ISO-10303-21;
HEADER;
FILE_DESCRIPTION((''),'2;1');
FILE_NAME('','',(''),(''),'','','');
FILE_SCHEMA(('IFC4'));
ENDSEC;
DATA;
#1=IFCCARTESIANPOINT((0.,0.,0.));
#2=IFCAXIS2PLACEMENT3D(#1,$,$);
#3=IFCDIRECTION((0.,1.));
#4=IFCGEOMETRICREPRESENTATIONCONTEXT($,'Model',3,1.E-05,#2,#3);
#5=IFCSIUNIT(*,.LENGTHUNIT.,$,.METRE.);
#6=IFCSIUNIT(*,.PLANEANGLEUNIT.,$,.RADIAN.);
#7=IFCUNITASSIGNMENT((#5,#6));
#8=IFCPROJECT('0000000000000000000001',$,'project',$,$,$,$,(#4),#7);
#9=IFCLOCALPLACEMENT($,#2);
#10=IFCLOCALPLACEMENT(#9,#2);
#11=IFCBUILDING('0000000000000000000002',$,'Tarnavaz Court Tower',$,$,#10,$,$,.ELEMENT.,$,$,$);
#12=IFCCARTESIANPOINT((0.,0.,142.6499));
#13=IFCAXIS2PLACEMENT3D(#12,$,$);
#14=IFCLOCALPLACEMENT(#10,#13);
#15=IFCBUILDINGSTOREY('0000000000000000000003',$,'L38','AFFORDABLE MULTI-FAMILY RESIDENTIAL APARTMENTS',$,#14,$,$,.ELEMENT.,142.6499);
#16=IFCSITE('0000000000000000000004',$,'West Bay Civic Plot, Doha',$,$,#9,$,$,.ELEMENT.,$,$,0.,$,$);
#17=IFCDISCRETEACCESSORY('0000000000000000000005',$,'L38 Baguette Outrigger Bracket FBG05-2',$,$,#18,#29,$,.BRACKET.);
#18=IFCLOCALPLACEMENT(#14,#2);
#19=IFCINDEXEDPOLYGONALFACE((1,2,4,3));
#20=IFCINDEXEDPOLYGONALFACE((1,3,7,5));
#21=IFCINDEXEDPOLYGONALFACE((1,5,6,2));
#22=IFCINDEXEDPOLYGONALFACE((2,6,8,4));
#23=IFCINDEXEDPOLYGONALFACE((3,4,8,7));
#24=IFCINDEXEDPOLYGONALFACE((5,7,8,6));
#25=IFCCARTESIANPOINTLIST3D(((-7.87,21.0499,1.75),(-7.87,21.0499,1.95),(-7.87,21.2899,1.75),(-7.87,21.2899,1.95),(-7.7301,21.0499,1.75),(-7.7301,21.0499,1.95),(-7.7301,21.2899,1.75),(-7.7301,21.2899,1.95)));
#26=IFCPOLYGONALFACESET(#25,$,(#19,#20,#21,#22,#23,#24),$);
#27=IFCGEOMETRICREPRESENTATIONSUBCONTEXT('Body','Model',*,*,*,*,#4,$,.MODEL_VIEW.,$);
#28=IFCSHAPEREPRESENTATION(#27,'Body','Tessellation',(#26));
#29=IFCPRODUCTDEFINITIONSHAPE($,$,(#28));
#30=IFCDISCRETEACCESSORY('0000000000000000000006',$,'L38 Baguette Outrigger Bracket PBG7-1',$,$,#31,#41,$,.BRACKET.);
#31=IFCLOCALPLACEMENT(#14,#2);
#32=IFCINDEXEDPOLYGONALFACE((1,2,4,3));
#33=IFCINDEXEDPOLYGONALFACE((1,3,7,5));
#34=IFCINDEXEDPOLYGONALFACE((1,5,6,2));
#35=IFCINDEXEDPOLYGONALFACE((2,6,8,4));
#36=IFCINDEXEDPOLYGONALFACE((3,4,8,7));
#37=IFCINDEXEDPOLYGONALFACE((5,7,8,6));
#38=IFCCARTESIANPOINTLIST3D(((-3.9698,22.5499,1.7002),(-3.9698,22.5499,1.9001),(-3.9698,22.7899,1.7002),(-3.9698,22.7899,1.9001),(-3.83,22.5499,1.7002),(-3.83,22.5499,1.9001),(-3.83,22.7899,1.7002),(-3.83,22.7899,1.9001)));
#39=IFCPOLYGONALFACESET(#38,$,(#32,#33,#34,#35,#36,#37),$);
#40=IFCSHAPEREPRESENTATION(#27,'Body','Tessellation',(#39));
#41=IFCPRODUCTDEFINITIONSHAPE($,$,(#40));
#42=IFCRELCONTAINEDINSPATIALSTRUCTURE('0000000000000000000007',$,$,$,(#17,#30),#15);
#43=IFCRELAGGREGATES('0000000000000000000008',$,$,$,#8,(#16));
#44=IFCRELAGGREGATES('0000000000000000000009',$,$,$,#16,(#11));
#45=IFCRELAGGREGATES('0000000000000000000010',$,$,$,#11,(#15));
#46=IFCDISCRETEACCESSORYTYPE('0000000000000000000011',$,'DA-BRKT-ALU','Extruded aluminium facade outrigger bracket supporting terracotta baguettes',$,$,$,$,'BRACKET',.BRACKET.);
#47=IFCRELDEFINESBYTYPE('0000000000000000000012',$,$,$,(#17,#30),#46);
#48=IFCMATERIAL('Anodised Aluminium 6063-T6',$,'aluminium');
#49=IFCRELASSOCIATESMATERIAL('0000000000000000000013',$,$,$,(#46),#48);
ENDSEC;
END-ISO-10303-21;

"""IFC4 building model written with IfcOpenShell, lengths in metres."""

from ifc_helpers import new_model, si_unit, direction, frame, origin, origin_2d, place, context, subcontext, project, spatial, rectangle, extrude, material, type_object, element, save


model = new_model("IFC4")

# Units and contexts
model_context = context("Model", 3, precision=1e-05, world=origin(), true_north=direction((0.0, 1.0)))
body_context = subcontext(model_context, "Body", "Model", "MODEL_VIEW")
ifc_project = project(units=[si_unit("LENGTHUNIT", "METRE"), si_unit("PLANEANGLEUNIT", "RADIAN")], contexts=[model_context])

# Site, building, storey
site_placement = place(None, origin())
site = spatial("IfcSite", under=ifc_project, at=site_placement, Name="West Bay Civic Plot, Doha", CompositionType="ELEMENT", RefElevation=0.0)
building_placement = place(site_placement, origin())
building = spatial("IfcBuilding", under=site, at=building_placement, Name="Tarnavaz Court Tower", CompositionType="ELEMENT")
storey_placement = place(building_placement, frame((0.0, 0.0, 142.6499)))
storey = spatial("IfcBuildingStorey", under=building, at=storey_placement, Name="L38", Description="AFFORDABLE MULTI-FAMILY RESIDENTIAL APARTMENTS", CompositionType="ELEMENT", Elevation=142.6499)

# Shared definitions
ifc_material_1 = material(Name="Anodised Aluminium 6063-T6", Category="aluminium")

# Discrete accessories
discrete_accessory_type = type_object("IfcDiscreteAccessoryType", Name="DA-BRKT-ALU", Description="Extruded aluminium facade outrigger bracket supporting terracotta baguettes", ElementType="BRACKET", PredefinedType="BRACKET", material=ifc_material_1)
for number, where, z_axis, x_axis, name in (
    (1, (-7.8, 21.1699, 1.75), (0.0, 0.0, 1.0), (1.0, 0.0, 0.0), "L38 Baguette Outrigger Bracket FBG05-2"),
    (2, (-3.8999, 22.6699, 1.7002), (0.0, 0.0, 1.0), (1.0, 0.0, 0.0), "L38 Baguette Outrigger Bracket PBG7-1"),
):
    element("IfcDiscreteAccessory", number, at=place(storey_placement, frame(where, z_axis=z_axis, x_axis=x_axis)), inside=storey, type_object=discrete_accessory_type, Name=name, PredefinedType="BRACKET", context=body_context, shape_type="SweptSolid", body=[
        extrude(rectangle(XDim=0.1399, YDim=0.24, at=origin_2d()), origin(), (0.0, 0.0, 1.0), 0.2),
    ])

save(model, "model.ifc")
